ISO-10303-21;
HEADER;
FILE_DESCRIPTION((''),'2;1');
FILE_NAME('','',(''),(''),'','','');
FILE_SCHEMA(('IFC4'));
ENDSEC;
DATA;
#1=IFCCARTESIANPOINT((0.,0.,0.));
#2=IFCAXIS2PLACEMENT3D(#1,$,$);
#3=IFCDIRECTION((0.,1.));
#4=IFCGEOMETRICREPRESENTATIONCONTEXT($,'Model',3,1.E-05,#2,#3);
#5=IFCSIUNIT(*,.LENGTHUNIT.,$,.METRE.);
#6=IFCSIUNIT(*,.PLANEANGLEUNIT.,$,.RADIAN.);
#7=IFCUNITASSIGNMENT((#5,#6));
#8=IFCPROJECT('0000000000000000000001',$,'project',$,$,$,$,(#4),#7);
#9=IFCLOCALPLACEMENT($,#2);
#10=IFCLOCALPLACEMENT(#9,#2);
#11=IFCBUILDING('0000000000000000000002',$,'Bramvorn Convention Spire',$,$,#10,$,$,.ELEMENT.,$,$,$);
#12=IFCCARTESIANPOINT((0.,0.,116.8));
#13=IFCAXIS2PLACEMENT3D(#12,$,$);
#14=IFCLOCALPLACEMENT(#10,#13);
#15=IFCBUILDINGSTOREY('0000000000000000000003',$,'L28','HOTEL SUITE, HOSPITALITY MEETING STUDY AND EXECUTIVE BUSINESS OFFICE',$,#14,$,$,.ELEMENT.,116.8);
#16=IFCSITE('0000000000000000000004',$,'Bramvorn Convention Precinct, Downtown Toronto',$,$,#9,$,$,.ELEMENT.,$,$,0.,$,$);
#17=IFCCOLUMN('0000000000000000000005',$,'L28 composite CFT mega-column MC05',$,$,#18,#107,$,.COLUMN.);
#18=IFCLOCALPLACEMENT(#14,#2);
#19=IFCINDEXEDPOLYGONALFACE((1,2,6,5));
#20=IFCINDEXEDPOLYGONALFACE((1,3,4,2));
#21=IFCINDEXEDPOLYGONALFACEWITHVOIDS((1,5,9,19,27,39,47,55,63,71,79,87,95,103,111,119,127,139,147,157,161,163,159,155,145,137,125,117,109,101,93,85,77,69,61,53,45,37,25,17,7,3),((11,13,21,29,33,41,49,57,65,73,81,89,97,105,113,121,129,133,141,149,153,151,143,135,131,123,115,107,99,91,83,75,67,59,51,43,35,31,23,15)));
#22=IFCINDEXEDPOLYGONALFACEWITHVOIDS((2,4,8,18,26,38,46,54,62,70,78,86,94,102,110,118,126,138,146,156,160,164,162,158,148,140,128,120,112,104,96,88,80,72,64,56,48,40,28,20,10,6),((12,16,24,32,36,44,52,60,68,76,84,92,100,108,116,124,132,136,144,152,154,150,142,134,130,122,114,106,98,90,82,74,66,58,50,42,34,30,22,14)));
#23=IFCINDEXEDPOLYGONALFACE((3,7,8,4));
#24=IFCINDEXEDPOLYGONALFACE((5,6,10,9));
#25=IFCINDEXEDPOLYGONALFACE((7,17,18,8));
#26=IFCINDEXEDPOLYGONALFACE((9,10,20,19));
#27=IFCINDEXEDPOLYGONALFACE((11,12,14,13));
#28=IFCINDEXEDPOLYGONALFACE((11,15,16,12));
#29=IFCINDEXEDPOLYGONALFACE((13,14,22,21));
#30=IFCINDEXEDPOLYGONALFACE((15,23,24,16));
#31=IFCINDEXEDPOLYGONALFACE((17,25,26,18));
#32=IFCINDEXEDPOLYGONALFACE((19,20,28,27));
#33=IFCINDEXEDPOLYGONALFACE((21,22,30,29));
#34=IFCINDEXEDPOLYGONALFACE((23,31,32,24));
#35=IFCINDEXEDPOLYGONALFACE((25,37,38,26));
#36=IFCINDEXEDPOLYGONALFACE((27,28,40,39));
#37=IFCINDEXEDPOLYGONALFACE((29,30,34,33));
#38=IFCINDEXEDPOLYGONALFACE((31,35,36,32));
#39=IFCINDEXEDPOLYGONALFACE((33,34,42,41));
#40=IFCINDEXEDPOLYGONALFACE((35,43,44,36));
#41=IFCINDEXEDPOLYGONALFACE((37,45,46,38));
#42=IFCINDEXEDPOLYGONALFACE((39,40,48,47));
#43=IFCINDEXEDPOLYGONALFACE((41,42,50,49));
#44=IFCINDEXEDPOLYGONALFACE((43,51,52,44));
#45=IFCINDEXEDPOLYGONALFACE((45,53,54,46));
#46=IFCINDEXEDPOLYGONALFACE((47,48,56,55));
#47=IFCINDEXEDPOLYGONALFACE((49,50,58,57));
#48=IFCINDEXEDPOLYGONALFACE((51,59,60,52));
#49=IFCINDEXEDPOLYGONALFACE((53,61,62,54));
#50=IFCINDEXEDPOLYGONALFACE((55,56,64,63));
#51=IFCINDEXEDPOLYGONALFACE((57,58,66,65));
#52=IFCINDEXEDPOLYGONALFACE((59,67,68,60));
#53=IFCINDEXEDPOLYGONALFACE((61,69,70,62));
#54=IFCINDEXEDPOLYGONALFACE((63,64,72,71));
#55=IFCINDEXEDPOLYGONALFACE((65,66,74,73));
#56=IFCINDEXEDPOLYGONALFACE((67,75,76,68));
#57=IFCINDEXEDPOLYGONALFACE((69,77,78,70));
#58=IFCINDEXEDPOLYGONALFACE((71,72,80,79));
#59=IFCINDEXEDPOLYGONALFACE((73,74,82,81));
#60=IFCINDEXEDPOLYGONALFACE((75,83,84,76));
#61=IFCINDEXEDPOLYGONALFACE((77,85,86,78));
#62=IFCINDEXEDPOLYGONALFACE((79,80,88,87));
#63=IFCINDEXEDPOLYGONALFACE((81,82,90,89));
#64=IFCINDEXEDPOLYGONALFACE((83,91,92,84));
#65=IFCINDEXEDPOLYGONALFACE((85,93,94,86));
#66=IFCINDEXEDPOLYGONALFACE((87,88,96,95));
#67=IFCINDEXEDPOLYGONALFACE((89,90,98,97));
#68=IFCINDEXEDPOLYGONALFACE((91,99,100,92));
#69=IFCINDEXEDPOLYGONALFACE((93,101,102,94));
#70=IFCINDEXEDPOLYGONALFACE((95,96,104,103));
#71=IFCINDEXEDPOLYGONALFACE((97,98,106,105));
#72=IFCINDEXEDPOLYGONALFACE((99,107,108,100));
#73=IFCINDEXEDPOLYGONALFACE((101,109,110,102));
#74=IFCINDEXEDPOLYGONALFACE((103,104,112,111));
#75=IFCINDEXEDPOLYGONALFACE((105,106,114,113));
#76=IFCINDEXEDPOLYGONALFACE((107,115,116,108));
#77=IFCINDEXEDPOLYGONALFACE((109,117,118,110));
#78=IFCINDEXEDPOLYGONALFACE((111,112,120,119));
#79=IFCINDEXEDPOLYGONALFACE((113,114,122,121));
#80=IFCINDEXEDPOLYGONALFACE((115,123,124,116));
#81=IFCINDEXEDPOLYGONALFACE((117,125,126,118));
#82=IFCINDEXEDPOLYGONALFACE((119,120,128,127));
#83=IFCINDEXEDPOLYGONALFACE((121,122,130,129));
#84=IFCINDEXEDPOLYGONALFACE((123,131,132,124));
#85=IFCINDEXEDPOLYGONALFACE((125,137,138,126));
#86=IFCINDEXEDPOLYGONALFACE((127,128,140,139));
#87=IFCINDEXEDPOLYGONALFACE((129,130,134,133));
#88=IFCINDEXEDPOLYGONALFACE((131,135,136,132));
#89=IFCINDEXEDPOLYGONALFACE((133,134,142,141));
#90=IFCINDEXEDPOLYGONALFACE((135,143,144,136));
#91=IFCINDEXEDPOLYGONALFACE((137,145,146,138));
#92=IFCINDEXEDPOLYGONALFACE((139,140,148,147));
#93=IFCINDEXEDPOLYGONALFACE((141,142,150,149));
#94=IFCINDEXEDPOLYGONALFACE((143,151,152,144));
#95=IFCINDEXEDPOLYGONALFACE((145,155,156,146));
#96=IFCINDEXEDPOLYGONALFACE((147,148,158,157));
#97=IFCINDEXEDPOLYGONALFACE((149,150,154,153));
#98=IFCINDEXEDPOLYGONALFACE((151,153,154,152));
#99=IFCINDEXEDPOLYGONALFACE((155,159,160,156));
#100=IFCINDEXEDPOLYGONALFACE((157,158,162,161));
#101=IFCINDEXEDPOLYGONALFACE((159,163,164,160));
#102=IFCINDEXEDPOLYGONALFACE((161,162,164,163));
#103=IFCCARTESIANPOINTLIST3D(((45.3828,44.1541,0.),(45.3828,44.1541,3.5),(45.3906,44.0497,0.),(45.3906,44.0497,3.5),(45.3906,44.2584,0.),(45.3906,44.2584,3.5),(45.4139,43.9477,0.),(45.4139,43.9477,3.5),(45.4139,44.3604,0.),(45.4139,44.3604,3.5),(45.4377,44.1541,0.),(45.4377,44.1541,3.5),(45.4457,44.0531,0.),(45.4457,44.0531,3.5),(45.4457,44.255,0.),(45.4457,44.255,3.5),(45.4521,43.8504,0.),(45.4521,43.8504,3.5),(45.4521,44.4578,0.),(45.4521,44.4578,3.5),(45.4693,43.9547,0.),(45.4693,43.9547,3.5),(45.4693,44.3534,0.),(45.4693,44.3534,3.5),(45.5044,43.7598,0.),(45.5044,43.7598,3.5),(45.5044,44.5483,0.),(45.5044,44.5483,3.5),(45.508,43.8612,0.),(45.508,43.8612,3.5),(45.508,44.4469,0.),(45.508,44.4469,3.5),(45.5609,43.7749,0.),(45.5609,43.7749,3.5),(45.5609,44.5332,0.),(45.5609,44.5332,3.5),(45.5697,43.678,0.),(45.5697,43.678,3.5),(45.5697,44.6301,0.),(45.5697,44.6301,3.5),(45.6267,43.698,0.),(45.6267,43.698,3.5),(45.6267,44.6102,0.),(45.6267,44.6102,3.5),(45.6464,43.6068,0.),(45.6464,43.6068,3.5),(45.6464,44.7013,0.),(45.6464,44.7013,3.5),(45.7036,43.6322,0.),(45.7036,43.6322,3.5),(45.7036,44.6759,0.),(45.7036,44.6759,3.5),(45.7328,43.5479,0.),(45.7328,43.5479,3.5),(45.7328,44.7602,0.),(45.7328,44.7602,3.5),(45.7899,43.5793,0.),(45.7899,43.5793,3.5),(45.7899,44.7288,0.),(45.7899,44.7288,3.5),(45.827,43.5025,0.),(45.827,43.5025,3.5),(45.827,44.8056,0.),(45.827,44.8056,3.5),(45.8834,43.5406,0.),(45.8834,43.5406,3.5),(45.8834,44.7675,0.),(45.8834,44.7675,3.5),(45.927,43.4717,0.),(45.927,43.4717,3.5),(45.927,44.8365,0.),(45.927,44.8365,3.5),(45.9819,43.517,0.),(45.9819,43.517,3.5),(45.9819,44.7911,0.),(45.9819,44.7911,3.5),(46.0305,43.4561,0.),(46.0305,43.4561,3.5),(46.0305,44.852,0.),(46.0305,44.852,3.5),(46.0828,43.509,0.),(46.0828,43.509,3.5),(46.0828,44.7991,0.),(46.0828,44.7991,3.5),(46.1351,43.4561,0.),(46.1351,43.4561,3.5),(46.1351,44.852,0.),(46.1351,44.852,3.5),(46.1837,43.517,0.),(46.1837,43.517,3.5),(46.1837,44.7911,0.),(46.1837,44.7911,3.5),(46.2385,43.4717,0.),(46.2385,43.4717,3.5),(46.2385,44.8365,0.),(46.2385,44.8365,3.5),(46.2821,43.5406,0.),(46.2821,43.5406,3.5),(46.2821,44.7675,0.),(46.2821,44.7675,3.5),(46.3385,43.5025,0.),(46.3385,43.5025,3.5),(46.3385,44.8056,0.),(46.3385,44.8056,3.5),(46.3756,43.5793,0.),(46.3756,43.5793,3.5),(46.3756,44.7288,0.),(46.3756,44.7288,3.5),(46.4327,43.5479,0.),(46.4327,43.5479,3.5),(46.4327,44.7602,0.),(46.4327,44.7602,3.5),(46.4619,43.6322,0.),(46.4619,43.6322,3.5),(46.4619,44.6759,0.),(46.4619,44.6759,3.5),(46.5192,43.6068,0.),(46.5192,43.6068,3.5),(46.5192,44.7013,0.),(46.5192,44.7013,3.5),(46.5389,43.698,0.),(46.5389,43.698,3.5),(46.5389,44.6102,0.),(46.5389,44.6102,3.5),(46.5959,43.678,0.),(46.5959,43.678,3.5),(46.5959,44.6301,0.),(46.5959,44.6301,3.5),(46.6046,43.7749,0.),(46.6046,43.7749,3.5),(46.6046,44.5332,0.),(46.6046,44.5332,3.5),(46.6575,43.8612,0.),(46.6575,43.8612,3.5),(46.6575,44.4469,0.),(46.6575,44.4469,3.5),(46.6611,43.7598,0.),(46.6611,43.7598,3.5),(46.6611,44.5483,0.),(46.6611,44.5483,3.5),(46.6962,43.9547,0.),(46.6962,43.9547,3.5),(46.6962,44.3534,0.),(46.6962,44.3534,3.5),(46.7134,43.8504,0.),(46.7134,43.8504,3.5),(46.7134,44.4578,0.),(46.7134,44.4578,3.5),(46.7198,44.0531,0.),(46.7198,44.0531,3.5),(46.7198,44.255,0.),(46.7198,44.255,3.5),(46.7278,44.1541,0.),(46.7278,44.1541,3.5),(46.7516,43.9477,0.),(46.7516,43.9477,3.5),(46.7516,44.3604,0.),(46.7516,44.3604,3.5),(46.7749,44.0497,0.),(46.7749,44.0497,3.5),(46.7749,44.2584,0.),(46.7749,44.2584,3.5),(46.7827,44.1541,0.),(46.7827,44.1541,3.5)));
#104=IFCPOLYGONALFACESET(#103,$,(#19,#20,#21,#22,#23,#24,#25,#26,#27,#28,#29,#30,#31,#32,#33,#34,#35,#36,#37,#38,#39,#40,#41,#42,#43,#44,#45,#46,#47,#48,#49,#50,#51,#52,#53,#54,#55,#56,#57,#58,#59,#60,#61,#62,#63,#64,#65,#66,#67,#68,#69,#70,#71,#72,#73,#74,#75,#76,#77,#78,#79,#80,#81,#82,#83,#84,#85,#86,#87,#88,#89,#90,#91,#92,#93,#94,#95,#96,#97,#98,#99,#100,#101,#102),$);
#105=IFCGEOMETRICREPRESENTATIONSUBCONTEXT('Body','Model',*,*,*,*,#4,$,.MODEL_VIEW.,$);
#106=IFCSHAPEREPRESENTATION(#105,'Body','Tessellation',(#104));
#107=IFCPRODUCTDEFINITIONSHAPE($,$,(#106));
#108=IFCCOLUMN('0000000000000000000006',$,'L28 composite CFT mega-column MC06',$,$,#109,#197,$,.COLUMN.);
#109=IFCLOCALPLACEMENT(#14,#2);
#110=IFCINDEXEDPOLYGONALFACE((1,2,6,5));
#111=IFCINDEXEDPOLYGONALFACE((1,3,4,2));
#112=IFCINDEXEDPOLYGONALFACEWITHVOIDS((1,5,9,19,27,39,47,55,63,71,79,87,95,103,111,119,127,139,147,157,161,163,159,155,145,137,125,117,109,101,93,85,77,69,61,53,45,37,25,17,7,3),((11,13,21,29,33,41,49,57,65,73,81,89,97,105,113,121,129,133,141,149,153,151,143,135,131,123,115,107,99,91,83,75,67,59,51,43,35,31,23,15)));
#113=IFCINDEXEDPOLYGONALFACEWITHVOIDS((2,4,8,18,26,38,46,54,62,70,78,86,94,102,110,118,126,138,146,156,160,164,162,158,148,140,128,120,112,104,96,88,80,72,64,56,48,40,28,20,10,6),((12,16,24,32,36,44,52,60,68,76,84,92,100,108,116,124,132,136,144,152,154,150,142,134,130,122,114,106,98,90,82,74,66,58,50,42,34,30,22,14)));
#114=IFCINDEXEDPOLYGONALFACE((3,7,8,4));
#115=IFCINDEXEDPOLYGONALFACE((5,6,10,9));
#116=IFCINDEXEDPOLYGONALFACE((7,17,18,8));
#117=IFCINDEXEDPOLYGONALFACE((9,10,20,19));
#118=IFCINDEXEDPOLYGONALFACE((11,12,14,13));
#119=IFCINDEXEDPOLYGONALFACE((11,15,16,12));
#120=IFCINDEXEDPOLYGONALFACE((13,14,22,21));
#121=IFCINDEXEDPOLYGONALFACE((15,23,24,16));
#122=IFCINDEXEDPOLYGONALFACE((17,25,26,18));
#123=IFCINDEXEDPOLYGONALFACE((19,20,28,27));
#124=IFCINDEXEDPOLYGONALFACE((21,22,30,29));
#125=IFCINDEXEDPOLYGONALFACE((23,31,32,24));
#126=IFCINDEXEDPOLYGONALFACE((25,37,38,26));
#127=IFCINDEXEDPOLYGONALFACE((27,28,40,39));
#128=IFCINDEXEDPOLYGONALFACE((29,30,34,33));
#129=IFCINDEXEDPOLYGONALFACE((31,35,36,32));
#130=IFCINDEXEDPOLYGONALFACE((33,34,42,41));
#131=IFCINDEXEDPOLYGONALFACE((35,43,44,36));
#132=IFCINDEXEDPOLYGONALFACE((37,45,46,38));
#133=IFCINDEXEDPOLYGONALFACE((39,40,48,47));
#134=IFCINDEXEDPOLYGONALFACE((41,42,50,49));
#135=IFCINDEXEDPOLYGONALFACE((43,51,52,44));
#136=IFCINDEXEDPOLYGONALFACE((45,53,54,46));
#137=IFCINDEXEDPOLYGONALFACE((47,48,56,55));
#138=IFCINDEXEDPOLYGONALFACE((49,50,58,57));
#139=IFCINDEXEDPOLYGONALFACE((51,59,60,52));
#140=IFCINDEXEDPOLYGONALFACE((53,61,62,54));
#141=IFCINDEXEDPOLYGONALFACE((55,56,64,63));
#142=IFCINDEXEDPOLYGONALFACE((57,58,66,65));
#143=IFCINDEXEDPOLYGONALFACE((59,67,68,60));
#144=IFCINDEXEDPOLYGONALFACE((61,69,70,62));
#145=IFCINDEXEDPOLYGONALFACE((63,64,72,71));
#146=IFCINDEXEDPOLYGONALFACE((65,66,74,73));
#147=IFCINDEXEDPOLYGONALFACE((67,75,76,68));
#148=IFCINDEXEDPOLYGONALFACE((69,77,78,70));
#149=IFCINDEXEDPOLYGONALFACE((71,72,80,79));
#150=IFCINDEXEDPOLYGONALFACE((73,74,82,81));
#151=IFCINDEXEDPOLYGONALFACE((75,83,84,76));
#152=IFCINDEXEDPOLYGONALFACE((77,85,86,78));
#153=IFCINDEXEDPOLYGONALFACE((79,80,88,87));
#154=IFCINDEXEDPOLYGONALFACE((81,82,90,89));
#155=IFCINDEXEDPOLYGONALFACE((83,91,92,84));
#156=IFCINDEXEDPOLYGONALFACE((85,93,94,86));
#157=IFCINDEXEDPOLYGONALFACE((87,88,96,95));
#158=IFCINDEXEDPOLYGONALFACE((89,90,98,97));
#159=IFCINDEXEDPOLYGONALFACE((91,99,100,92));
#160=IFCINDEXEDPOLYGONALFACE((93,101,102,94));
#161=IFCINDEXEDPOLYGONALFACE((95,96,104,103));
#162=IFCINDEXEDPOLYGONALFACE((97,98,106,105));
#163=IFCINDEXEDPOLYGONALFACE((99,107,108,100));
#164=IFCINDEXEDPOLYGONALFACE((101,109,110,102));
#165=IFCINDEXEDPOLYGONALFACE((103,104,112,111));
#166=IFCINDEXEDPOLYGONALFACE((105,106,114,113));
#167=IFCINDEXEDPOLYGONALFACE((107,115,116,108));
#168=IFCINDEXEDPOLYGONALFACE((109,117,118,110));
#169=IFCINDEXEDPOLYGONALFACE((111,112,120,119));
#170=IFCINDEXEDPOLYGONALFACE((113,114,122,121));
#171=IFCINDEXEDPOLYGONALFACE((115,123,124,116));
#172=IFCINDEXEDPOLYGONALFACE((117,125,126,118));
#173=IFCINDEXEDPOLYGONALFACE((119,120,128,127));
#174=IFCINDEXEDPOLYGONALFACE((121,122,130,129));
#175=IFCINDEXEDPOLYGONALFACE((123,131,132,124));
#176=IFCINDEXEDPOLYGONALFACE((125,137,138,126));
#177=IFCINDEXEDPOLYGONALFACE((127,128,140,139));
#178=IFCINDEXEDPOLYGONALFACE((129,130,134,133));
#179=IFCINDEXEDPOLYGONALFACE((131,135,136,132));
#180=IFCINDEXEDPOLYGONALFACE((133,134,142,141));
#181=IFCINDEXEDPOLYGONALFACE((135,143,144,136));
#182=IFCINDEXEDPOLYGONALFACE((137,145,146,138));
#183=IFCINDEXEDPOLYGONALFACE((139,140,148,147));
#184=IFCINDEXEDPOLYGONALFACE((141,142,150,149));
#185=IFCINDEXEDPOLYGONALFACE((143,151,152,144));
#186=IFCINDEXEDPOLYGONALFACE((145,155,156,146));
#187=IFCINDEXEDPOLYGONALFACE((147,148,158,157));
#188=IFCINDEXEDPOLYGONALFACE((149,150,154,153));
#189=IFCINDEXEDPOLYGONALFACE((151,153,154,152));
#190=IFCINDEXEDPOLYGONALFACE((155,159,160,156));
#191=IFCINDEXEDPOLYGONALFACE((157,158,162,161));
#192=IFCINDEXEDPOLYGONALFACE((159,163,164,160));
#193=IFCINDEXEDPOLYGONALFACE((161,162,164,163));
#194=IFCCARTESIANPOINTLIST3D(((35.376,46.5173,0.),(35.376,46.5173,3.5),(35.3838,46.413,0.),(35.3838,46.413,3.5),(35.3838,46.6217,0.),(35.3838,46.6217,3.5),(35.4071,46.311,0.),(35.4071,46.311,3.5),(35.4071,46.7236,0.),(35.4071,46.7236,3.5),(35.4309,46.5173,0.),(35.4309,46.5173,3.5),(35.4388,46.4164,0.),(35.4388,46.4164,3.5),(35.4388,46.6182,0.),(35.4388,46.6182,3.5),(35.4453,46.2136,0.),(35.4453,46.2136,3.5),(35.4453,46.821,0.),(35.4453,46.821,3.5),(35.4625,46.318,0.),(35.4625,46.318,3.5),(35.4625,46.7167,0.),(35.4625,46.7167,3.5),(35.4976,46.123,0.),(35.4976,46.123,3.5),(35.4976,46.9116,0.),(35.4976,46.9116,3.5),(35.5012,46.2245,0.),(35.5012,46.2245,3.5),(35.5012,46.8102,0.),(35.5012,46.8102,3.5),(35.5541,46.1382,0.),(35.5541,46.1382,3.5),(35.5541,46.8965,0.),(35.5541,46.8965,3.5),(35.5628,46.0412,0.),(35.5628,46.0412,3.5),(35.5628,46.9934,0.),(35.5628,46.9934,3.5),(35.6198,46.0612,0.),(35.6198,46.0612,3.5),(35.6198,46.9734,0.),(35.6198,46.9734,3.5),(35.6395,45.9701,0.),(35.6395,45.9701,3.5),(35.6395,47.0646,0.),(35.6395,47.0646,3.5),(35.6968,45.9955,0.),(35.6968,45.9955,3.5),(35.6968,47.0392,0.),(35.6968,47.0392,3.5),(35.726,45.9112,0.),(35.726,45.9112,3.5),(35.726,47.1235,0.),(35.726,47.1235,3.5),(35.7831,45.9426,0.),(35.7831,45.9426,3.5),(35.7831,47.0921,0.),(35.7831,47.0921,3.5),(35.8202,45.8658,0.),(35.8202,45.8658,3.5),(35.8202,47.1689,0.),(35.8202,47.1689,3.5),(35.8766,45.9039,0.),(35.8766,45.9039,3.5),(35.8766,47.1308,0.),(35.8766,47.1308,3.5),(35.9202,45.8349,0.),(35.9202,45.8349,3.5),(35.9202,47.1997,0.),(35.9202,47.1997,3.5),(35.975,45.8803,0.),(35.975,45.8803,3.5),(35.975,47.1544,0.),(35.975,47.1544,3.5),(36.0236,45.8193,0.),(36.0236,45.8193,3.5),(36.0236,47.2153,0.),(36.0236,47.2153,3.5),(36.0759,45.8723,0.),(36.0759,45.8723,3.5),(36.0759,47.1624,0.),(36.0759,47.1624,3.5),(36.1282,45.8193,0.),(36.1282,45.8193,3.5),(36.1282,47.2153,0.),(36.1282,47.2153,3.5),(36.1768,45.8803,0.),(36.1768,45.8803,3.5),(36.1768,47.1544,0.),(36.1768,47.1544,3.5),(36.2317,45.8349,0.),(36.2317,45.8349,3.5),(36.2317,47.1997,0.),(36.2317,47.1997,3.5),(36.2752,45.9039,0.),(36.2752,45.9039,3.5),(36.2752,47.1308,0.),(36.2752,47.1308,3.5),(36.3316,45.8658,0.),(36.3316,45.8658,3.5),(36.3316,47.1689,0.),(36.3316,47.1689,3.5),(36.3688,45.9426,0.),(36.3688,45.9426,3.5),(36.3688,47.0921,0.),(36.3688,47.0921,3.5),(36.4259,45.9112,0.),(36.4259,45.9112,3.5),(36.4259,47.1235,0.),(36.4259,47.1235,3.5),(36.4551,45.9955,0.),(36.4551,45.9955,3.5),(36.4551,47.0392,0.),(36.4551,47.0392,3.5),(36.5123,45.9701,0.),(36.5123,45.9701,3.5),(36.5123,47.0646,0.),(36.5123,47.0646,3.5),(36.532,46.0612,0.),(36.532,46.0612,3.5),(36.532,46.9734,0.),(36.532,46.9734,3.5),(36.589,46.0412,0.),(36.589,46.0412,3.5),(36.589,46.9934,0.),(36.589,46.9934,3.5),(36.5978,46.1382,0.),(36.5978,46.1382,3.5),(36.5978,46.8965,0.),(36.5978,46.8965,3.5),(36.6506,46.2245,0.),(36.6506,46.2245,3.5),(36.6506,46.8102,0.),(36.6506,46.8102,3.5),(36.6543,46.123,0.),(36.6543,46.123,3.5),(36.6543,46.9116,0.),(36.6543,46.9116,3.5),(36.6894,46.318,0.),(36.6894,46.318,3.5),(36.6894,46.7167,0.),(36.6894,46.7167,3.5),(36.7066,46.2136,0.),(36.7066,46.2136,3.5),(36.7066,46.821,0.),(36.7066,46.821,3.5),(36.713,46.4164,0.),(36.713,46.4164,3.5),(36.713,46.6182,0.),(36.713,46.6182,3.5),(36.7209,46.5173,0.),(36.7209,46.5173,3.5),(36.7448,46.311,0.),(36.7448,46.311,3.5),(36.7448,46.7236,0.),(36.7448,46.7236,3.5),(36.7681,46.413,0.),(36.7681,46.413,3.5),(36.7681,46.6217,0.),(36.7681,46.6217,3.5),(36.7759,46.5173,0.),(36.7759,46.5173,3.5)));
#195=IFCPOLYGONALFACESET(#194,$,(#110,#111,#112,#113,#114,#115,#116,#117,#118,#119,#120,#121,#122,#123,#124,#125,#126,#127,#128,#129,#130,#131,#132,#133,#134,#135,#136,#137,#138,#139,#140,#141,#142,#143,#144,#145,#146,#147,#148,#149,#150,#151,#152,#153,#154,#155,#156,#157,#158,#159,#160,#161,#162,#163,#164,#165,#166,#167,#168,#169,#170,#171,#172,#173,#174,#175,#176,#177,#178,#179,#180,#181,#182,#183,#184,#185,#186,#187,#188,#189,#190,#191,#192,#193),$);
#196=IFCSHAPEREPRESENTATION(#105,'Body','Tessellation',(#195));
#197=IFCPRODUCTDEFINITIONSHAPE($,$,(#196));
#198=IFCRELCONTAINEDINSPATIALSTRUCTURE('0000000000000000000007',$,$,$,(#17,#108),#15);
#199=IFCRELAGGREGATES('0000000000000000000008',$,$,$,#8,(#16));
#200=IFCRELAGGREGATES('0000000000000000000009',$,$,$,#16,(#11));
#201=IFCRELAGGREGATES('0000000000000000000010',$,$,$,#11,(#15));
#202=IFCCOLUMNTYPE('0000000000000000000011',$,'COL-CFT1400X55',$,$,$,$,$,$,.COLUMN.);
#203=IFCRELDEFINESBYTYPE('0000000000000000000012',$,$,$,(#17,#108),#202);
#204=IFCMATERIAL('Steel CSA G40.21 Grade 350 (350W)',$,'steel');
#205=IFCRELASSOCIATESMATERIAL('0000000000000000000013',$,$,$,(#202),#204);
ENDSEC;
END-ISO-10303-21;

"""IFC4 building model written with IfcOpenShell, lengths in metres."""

from ifc_helpers import new_model, si_unit, direction, frame, origin, origin_2d, place, context, subcontext, project, spatial, hollow_circle, extrude, material, material_profile, profile_set, type_object, element, save


model = new_model("IFC4")

# Units and contexts
model_context = context("Model", 3, precision=1e-05, world=origin(), true_north=direction((0.0, 1.0)))
body_context = subcontext(model_context, "Body", "Model", "MODEL_VIEW")
ifc_project = project(units=[si_unit("LENGTHUNIT", "METRE"), si_unit("PLANEANGLEUNIT", "RADIAN")], contexts=[model_context])

# Site, building, storey
site_placement = place(None, origin())
site = spatial("IfcSite", under=ifc_project, at=site_placement, Name="Bramvorn Convention Precinct, Downtown Toronto", CompositionType="ELEMENT", RefElevation=0.0)
building_placement = place(site_placement, origin())
building = spatial("IfcBuilding", under=site, at=building_placement, Name="Bramvorn Convention Spire", CompositionType="ELEMENT")
storey_placement = place(building_placement, frame((0.0, 0.0, 116.8)))
storey = spatial("IfcBuildingStorey", under=building, at=storey_placement, Name="L28", Description="HOTEL SUITE, HOSPITALITY MEETING STUDY AND EXECUTIVE BUSINESS OFFICE", CompositionType="ELEMENT", Elevation=116.8)

# Columns
ifc_material_1 = material(Name="Steel CSA G40.21 Grade 350 (350W)", Category="steel")
ifc_material_profile_1 = material_profile(ifc_material_1, hollow_circle(Radius=0.7, WallThickness=0.0549, at=origin_2d()))
ifc_profile_set_1 = profile_set([ifc_material_profile_1], Name="Steel CSA G40.21 Grade 350 (350W) - CFT1400X55")
column_type = type_object("IfcColumnType", Name="COL-CFT1400X55", PredefinedType="COLUMN", material=ifc_profile_set_1)
for number, where, z_axis, x_axis, name in (
    (1, (46.0828, 44.1541, 0.0), (0.0, 0.0, 1.0), (1.0, 0.0, 0.0), "L28 composite CFT mega-column MC05"),
    (2, (36.0759, 46.5173, 0.0), (0.0, 0.0, 1.0), (1.0, 0.0, 0.0), "L28 composite CFT mega-column MC06"),
):
    element("IfcColumn", number, at=place(storey_placement, frame(where, z_axis=z_axis, x_axis=x_axis)), inside=storey, type_object=column_type, Name=name, PredefinedType="COLUMN", context=body_context, shape_type="SweptSolid", body=[
        extrude(hollow_circle(Radius=0.7, WallThickness=0.0549, at=origin_2d()), origin(), (0.0, 0.0, 1.0), 3.5),
    ])

save(model, "model.ifc")
